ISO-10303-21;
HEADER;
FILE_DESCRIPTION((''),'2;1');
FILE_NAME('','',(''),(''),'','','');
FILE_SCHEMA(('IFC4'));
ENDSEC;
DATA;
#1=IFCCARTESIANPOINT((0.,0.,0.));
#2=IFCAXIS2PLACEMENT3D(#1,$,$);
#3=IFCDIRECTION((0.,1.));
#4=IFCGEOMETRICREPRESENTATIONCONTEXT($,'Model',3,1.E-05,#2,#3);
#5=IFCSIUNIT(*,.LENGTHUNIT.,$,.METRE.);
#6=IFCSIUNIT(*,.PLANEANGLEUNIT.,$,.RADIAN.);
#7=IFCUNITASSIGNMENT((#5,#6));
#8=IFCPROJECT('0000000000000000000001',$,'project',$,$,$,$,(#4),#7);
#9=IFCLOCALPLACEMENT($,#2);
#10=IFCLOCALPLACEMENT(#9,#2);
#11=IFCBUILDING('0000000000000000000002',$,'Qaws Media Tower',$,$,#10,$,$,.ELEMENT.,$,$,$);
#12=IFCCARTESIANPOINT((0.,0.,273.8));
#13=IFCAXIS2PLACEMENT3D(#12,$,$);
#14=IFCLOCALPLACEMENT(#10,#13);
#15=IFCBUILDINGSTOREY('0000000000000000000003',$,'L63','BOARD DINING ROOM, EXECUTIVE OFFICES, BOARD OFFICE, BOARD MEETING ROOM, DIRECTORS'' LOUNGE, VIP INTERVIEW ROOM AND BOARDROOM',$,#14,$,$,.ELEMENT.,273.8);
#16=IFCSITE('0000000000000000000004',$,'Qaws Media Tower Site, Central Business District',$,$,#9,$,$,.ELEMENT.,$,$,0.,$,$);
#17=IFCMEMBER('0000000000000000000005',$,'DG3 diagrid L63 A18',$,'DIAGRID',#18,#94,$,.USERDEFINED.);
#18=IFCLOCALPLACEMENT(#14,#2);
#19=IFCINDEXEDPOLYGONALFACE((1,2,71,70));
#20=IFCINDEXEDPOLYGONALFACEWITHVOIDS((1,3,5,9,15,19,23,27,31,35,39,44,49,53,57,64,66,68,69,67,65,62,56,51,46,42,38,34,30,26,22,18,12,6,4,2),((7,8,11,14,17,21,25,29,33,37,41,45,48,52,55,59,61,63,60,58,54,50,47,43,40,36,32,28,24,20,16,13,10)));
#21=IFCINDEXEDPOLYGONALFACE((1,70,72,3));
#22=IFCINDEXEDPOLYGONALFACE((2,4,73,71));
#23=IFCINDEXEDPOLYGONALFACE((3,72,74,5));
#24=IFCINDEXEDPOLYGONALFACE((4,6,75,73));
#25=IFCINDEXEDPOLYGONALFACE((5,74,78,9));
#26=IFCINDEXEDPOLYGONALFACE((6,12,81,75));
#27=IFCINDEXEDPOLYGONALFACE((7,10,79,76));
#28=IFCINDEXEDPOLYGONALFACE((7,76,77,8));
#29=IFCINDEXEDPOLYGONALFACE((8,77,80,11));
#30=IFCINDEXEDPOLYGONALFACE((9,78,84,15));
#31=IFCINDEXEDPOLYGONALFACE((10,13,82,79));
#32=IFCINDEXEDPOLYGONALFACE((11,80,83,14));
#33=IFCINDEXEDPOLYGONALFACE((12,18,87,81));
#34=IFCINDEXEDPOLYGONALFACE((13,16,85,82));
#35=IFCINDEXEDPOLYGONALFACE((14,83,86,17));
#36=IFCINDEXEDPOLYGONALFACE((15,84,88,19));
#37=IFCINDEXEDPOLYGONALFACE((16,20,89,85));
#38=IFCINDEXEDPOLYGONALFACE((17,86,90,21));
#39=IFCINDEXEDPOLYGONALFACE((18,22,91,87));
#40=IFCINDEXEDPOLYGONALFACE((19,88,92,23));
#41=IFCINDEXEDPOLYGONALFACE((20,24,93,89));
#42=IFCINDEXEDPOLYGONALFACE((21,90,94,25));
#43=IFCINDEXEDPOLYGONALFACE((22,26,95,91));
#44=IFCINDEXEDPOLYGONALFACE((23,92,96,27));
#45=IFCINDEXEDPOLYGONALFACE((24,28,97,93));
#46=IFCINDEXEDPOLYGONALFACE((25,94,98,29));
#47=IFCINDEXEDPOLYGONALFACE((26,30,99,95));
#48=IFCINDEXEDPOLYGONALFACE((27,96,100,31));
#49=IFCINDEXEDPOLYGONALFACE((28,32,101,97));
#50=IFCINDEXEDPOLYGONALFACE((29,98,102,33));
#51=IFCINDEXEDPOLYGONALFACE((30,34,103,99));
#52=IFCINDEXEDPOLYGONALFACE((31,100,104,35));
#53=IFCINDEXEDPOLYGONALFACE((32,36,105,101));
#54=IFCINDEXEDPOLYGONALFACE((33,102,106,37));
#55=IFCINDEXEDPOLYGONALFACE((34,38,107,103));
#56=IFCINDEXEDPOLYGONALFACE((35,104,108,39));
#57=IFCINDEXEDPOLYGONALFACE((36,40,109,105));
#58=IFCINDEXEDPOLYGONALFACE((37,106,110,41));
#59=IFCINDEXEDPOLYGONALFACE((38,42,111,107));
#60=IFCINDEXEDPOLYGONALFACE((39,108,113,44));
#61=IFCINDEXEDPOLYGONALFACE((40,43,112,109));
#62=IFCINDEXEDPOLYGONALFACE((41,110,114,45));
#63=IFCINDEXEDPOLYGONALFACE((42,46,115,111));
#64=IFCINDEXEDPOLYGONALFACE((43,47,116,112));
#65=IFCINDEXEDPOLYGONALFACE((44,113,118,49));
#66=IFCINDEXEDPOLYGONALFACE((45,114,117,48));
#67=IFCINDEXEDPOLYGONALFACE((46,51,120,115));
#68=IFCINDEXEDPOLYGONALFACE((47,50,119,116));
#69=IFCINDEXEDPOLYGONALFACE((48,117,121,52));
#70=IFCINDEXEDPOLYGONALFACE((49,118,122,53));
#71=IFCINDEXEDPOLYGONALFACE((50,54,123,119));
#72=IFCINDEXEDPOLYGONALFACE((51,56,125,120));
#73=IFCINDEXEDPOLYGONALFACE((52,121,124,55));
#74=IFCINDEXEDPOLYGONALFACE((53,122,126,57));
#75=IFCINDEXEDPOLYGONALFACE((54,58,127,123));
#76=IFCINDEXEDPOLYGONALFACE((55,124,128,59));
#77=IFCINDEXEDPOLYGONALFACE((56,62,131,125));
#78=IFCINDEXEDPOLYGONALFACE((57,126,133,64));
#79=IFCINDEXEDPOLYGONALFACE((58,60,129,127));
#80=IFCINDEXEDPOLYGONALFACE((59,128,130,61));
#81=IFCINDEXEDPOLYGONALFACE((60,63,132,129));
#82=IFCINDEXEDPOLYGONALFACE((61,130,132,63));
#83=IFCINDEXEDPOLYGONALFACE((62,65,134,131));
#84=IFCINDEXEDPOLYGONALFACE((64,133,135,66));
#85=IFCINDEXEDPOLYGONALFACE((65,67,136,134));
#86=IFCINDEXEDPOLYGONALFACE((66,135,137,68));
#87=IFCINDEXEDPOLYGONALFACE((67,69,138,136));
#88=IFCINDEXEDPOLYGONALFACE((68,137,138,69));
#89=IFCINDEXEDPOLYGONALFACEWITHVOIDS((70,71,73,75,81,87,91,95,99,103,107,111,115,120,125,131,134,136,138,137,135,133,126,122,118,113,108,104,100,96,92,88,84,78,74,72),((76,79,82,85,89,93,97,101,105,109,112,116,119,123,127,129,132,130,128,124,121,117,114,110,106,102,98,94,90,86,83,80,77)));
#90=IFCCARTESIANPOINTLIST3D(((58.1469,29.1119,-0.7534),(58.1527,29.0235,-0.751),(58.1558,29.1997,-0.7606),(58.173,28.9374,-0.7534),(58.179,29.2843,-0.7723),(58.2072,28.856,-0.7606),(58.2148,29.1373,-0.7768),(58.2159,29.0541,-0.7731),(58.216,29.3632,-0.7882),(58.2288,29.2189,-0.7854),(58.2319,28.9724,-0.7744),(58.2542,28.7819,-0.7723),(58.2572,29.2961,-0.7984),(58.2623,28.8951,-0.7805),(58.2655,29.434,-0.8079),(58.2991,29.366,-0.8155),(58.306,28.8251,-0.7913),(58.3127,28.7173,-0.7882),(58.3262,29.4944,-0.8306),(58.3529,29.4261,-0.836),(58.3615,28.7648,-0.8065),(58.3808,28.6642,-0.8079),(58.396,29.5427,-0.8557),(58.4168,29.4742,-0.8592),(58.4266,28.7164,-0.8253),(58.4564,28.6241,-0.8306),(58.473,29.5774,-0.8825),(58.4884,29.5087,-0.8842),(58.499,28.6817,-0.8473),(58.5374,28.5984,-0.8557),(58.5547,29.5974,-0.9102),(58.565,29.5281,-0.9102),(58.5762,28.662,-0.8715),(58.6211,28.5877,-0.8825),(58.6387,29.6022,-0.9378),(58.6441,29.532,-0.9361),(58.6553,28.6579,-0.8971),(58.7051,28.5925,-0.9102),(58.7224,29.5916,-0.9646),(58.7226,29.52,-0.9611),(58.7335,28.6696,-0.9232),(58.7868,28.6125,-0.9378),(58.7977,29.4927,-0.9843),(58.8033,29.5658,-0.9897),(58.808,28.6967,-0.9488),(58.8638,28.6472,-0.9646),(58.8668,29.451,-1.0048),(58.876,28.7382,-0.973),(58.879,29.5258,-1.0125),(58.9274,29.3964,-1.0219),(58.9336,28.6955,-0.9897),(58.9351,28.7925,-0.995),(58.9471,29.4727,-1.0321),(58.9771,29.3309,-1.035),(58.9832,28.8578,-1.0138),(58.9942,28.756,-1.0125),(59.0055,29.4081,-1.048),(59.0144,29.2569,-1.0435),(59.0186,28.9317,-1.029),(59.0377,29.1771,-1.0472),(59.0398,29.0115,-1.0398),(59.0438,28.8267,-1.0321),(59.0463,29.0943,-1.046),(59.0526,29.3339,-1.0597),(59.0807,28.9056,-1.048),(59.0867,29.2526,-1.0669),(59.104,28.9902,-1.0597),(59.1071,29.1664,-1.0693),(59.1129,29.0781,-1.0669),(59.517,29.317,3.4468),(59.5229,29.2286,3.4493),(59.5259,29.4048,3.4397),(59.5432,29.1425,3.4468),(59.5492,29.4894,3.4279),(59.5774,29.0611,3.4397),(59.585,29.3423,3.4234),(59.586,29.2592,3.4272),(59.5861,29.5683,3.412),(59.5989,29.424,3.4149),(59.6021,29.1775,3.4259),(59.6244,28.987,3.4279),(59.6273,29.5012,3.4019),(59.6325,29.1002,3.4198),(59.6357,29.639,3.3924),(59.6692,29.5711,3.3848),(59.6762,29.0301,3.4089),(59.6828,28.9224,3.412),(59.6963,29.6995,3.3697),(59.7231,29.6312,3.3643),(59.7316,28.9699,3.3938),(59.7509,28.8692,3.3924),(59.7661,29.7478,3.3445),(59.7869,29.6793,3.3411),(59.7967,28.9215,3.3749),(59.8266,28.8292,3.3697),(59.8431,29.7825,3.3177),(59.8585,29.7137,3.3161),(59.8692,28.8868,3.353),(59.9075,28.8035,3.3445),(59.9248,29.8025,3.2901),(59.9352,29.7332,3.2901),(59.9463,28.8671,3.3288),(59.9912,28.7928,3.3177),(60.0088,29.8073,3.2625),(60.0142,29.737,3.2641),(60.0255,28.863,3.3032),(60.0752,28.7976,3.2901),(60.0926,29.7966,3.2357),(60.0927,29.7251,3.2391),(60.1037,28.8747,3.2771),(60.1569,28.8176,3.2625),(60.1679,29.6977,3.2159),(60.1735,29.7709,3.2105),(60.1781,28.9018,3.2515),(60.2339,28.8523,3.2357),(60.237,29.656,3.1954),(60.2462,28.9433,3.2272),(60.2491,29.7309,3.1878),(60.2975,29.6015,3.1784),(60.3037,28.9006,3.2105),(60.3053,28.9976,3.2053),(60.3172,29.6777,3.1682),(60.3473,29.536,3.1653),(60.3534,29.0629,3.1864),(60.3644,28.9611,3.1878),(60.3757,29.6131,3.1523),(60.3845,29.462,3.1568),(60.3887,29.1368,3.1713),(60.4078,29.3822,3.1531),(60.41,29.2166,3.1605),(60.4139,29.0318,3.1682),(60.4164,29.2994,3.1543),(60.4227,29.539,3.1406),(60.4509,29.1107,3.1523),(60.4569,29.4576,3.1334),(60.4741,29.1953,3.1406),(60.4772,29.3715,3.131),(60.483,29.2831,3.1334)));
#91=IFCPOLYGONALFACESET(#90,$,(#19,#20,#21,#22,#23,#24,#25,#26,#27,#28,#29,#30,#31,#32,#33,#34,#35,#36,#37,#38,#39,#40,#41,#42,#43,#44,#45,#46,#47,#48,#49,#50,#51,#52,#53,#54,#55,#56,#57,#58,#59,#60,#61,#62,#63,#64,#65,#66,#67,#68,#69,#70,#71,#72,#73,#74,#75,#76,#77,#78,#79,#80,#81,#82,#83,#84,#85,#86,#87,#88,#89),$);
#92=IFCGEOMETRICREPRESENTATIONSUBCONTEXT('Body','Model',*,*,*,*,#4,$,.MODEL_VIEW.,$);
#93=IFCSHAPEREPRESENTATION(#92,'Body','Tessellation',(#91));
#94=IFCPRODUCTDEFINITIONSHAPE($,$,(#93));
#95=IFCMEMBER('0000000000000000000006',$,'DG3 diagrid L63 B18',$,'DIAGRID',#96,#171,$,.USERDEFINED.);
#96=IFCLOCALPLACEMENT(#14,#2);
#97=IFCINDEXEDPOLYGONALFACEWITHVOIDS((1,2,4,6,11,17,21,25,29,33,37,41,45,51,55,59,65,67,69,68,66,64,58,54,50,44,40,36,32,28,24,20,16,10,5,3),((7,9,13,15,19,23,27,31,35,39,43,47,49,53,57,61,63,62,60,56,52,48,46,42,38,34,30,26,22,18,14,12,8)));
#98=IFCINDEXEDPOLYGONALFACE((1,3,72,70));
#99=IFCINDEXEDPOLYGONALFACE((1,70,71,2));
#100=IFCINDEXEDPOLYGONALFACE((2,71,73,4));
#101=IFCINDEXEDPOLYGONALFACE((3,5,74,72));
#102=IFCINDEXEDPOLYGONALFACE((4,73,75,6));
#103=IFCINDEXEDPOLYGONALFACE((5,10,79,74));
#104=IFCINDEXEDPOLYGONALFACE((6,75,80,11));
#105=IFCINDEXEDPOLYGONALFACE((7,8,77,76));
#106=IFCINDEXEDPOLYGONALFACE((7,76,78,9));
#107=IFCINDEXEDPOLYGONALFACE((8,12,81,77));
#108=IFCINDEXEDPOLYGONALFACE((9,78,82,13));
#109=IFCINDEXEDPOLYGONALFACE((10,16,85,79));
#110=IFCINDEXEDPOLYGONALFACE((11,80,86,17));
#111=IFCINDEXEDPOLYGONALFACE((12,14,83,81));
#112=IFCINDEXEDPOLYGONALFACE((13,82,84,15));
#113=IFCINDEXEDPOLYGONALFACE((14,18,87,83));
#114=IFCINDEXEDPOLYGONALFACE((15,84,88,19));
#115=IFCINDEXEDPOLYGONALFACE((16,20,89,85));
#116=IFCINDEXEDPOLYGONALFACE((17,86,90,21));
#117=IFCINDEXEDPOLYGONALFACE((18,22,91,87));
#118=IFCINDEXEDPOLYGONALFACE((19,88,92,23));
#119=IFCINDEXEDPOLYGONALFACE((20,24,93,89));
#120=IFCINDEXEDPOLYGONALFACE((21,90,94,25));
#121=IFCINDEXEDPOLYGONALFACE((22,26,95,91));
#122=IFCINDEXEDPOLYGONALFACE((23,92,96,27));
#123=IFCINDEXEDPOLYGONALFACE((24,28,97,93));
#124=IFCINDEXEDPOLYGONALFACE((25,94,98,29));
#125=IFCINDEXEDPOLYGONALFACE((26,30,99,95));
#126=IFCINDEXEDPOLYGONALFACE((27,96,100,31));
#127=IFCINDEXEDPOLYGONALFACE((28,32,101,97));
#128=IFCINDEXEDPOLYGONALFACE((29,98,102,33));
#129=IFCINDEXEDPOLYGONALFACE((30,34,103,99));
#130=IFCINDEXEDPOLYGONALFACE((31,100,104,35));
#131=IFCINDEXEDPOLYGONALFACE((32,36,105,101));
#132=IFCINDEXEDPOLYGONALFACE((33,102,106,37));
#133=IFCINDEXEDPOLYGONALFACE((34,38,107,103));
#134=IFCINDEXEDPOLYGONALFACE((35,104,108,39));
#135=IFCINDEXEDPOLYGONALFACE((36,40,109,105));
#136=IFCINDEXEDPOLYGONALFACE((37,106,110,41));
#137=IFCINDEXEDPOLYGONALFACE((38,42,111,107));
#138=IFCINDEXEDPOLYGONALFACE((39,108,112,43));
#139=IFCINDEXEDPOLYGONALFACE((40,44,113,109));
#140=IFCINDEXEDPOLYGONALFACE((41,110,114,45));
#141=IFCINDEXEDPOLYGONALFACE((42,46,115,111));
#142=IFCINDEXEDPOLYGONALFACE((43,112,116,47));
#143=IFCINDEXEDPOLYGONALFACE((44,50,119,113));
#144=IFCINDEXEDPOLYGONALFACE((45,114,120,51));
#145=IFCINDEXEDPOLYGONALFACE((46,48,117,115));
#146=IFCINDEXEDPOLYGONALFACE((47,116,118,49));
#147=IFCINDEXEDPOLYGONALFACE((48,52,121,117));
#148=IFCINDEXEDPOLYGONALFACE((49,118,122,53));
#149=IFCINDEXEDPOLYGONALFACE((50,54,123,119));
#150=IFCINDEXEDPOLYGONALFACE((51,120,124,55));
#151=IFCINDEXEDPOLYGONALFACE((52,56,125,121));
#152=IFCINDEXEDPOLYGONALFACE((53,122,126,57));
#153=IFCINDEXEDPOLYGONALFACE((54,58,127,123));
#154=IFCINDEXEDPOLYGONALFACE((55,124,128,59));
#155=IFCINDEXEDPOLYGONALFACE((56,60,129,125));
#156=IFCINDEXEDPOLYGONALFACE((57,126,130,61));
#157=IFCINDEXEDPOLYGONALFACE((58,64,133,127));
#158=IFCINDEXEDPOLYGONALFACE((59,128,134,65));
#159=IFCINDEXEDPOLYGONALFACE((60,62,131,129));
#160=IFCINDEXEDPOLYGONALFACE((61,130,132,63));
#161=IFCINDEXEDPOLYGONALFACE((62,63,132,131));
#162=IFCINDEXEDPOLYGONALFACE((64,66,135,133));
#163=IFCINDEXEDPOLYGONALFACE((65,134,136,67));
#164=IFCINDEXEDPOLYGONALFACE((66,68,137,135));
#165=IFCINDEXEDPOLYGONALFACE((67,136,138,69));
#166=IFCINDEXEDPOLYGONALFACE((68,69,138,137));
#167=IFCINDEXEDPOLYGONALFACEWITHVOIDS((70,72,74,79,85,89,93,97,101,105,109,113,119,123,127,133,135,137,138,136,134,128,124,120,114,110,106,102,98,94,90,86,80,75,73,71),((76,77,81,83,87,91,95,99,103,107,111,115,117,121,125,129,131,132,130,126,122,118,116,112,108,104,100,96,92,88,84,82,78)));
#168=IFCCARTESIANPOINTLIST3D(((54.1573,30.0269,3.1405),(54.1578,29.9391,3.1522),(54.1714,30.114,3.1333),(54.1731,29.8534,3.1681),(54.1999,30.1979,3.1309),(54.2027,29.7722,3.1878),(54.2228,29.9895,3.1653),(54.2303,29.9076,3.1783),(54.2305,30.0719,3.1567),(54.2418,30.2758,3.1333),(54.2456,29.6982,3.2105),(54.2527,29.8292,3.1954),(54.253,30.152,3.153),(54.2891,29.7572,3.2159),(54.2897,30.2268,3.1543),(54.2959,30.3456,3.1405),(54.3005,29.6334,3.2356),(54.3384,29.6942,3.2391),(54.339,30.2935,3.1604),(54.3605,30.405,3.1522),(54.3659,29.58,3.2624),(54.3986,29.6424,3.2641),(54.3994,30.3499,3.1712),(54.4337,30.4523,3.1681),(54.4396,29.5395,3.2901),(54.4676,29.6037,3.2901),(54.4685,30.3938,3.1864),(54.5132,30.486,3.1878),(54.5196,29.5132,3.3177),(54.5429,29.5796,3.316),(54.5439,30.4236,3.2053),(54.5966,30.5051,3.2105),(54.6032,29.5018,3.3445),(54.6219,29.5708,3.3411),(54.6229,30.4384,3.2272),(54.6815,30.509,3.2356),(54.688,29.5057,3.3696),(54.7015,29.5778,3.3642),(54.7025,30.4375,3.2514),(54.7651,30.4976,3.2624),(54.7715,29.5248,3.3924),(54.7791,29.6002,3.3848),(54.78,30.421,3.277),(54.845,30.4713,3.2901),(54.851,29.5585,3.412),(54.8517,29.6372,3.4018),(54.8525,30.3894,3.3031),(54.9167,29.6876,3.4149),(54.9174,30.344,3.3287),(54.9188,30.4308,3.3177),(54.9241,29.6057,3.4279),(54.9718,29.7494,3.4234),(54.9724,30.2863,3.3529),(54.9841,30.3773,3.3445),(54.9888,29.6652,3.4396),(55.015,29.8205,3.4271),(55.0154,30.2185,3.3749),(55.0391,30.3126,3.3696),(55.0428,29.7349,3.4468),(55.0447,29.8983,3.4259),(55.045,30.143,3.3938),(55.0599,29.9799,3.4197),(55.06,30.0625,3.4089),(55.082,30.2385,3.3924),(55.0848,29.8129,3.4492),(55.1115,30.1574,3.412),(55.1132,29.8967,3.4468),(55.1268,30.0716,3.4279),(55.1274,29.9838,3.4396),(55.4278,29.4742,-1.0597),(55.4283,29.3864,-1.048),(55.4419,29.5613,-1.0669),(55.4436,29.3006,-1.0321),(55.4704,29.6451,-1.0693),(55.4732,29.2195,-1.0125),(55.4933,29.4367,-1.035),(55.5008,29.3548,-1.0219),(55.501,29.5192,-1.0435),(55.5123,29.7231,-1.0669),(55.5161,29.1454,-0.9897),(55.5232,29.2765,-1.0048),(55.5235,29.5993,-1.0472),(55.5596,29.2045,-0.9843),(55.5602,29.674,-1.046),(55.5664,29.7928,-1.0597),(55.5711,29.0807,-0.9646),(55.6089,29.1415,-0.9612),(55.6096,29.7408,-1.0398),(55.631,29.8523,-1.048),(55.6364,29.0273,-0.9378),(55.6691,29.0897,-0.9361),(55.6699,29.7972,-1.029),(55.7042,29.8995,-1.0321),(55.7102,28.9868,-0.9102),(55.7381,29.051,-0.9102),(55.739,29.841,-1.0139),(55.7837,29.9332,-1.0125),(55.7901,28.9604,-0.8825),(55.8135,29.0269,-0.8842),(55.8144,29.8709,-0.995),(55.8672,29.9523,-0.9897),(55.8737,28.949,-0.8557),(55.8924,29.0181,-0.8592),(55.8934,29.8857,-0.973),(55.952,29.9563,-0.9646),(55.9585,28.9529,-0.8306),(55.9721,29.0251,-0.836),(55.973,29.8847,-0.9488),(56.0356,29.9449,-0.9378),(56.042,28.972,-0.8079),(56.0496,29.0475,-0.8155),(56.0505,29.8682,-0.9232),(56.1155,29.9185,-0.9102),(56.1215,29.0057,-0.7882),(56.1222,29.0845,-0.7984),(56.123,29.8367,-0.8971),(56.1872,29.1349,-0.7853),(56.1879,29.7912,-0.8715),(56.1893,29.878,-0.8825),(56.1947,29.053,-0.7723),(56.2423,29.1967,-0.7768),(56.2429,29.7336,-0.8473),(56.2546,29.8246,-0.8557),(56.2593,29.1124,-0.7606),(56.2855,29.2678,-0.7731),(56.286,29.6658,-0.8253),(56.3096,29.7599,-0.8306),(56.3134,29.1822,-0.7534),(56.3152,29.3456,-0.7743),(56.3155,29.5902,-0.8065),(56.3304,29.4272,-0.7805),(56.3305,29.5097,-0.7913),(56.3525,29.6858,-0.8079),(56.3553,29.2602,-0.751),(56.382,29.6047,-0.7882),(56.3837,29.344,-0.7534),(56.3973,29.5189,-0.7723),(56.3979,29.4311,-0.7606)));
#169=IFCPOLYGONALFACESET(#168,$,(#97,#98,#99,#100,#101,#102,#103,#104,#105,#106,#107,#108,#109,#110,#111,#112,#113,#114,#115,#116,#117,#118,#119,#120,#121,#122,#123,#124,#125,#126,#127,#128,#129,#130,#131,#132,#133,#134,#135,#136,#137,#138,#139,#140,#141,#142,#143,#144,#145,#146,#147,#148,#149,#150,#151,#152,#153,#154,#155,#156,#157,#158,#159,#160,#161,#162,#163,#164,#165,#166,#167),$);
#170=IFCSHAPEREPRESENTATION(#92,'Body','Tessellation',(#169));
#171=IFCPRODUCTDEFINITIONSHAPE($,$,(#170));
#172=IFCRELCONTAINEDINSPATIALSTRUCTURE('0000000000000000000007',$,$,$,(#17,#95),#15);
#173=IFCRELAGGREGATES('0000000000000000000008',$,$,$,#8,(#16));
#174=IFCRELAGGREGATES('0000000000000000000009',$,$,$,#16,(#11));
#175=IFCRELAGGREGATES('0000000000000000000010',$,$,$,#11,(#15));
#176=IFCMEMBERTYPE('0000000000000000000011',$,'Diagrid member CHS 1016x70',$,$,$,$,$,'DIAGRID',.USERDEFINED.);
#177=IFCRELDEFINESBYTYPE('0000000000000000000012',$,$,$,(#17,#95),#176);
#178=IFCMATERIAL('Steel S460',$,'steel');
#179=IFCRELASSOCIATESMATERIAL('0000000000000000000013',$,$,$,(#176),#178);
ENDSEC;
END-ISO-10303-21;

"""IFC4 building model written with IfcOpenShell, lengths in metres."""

from ifc_helpers import new_model, si_unit, direction, frame, origin, origin_2d, place, context, subcontext, project, spatial, hollow_circle, extrude, material, material_profile, profile_set, type_object, element, save


model = new_model("IFC4")

# Units and contexts
model_context = context("Model", 3, precision=1e-05, world=origin(), true_north=direction((0.0, 1.0)))
body_context = subcontext(model_context, "Body", "Model", "MODEL_VIEW")
ifc_project = project(units=[si_unit("LENGTHUNIT", "METRE"), si_unit("PLANEANGLEUNIT", "RADIAN")], contexts=[model_context])

# Site, building, storey
site_placement = place(None, origin())
site = spatial("IfcSite", under=ifc_project, at=site_placement, Name="Qaws Media Tower Site, Central Business District", CompositionType="ELEMENT", RefElevation=0.0)
building_placement = place(site_placement, origin())
building = spatial("IfcBuilding", under=site, at=building_placement, Name="Qaws Media Tower", CompositionType="ELEMENT")
storey_placement = place(building_placement, frame((0.0, 0.0, 273.8)))
storey = spatial("IfcBuildingStorey", under=building, at=storey_placement, Name="L63", Description="BOARD DINING ROOM, EXECUTIVE OFFICES, BOARD OFFICE, BOARD MEETING ROOM, DIRECTORS' LOUNGE, VIP INTERVIEW ROOM AND BOARDROOM", CompositionType="ELEMENT", Elevation=273.8)

# Members
ifc_material_1 = material(Name="Steel S460", Category="steel")
ifc_material_profile_1 = material_profile(ifc_material_1, hollow_circle(Radius=0.5081, WallThickness=0.0701, at=origin_2d()), Name="CHS 1016x70")
ifc_profile_set_1 = profile_set([ifc_material_profile_1], Name="Steel S460")
member_type_1 = type_object("IfcMemberType", Name="Diagrid member CHS 1016x70", ElementType="DIAGRID", PredefinedType="USERDEFINED", material=ifc_profile_set_1)
for number, where, z_axis, x_axis, name in (
    (1, (58.6299, 29.095, -0.9102), (0.309787, 0.046369, 0.949675), (-0.14803, 0.988983, 0.0), "DG3 diagrid L63 A18"),
    (2, (55.9128, 29.4526, -0.9102), (-0.287262, 0.124973, 0.949664), (-0.398932, -0.91698, 0.0), "DG3 diagrid L63 B18"),
):
    element("IfcMember", number, at=place(storey_placement, frame(where, z_axis=z_axis, x_axis=x_axis)), inside=storey, type_object=member_type_1, Name=name, ObjectType="DIAGRID", PredefinedType="USERDEFINED", context=body_context, shape_type="SweptSolid", body=[
        extrude(hollow_circle(Radius=0.5081, WallThickness=0.0701, at=origin_2d()), origin(), (0.0, 0.0, 1.0), 4.4229),
    ])

save(model, "model.ifc")
